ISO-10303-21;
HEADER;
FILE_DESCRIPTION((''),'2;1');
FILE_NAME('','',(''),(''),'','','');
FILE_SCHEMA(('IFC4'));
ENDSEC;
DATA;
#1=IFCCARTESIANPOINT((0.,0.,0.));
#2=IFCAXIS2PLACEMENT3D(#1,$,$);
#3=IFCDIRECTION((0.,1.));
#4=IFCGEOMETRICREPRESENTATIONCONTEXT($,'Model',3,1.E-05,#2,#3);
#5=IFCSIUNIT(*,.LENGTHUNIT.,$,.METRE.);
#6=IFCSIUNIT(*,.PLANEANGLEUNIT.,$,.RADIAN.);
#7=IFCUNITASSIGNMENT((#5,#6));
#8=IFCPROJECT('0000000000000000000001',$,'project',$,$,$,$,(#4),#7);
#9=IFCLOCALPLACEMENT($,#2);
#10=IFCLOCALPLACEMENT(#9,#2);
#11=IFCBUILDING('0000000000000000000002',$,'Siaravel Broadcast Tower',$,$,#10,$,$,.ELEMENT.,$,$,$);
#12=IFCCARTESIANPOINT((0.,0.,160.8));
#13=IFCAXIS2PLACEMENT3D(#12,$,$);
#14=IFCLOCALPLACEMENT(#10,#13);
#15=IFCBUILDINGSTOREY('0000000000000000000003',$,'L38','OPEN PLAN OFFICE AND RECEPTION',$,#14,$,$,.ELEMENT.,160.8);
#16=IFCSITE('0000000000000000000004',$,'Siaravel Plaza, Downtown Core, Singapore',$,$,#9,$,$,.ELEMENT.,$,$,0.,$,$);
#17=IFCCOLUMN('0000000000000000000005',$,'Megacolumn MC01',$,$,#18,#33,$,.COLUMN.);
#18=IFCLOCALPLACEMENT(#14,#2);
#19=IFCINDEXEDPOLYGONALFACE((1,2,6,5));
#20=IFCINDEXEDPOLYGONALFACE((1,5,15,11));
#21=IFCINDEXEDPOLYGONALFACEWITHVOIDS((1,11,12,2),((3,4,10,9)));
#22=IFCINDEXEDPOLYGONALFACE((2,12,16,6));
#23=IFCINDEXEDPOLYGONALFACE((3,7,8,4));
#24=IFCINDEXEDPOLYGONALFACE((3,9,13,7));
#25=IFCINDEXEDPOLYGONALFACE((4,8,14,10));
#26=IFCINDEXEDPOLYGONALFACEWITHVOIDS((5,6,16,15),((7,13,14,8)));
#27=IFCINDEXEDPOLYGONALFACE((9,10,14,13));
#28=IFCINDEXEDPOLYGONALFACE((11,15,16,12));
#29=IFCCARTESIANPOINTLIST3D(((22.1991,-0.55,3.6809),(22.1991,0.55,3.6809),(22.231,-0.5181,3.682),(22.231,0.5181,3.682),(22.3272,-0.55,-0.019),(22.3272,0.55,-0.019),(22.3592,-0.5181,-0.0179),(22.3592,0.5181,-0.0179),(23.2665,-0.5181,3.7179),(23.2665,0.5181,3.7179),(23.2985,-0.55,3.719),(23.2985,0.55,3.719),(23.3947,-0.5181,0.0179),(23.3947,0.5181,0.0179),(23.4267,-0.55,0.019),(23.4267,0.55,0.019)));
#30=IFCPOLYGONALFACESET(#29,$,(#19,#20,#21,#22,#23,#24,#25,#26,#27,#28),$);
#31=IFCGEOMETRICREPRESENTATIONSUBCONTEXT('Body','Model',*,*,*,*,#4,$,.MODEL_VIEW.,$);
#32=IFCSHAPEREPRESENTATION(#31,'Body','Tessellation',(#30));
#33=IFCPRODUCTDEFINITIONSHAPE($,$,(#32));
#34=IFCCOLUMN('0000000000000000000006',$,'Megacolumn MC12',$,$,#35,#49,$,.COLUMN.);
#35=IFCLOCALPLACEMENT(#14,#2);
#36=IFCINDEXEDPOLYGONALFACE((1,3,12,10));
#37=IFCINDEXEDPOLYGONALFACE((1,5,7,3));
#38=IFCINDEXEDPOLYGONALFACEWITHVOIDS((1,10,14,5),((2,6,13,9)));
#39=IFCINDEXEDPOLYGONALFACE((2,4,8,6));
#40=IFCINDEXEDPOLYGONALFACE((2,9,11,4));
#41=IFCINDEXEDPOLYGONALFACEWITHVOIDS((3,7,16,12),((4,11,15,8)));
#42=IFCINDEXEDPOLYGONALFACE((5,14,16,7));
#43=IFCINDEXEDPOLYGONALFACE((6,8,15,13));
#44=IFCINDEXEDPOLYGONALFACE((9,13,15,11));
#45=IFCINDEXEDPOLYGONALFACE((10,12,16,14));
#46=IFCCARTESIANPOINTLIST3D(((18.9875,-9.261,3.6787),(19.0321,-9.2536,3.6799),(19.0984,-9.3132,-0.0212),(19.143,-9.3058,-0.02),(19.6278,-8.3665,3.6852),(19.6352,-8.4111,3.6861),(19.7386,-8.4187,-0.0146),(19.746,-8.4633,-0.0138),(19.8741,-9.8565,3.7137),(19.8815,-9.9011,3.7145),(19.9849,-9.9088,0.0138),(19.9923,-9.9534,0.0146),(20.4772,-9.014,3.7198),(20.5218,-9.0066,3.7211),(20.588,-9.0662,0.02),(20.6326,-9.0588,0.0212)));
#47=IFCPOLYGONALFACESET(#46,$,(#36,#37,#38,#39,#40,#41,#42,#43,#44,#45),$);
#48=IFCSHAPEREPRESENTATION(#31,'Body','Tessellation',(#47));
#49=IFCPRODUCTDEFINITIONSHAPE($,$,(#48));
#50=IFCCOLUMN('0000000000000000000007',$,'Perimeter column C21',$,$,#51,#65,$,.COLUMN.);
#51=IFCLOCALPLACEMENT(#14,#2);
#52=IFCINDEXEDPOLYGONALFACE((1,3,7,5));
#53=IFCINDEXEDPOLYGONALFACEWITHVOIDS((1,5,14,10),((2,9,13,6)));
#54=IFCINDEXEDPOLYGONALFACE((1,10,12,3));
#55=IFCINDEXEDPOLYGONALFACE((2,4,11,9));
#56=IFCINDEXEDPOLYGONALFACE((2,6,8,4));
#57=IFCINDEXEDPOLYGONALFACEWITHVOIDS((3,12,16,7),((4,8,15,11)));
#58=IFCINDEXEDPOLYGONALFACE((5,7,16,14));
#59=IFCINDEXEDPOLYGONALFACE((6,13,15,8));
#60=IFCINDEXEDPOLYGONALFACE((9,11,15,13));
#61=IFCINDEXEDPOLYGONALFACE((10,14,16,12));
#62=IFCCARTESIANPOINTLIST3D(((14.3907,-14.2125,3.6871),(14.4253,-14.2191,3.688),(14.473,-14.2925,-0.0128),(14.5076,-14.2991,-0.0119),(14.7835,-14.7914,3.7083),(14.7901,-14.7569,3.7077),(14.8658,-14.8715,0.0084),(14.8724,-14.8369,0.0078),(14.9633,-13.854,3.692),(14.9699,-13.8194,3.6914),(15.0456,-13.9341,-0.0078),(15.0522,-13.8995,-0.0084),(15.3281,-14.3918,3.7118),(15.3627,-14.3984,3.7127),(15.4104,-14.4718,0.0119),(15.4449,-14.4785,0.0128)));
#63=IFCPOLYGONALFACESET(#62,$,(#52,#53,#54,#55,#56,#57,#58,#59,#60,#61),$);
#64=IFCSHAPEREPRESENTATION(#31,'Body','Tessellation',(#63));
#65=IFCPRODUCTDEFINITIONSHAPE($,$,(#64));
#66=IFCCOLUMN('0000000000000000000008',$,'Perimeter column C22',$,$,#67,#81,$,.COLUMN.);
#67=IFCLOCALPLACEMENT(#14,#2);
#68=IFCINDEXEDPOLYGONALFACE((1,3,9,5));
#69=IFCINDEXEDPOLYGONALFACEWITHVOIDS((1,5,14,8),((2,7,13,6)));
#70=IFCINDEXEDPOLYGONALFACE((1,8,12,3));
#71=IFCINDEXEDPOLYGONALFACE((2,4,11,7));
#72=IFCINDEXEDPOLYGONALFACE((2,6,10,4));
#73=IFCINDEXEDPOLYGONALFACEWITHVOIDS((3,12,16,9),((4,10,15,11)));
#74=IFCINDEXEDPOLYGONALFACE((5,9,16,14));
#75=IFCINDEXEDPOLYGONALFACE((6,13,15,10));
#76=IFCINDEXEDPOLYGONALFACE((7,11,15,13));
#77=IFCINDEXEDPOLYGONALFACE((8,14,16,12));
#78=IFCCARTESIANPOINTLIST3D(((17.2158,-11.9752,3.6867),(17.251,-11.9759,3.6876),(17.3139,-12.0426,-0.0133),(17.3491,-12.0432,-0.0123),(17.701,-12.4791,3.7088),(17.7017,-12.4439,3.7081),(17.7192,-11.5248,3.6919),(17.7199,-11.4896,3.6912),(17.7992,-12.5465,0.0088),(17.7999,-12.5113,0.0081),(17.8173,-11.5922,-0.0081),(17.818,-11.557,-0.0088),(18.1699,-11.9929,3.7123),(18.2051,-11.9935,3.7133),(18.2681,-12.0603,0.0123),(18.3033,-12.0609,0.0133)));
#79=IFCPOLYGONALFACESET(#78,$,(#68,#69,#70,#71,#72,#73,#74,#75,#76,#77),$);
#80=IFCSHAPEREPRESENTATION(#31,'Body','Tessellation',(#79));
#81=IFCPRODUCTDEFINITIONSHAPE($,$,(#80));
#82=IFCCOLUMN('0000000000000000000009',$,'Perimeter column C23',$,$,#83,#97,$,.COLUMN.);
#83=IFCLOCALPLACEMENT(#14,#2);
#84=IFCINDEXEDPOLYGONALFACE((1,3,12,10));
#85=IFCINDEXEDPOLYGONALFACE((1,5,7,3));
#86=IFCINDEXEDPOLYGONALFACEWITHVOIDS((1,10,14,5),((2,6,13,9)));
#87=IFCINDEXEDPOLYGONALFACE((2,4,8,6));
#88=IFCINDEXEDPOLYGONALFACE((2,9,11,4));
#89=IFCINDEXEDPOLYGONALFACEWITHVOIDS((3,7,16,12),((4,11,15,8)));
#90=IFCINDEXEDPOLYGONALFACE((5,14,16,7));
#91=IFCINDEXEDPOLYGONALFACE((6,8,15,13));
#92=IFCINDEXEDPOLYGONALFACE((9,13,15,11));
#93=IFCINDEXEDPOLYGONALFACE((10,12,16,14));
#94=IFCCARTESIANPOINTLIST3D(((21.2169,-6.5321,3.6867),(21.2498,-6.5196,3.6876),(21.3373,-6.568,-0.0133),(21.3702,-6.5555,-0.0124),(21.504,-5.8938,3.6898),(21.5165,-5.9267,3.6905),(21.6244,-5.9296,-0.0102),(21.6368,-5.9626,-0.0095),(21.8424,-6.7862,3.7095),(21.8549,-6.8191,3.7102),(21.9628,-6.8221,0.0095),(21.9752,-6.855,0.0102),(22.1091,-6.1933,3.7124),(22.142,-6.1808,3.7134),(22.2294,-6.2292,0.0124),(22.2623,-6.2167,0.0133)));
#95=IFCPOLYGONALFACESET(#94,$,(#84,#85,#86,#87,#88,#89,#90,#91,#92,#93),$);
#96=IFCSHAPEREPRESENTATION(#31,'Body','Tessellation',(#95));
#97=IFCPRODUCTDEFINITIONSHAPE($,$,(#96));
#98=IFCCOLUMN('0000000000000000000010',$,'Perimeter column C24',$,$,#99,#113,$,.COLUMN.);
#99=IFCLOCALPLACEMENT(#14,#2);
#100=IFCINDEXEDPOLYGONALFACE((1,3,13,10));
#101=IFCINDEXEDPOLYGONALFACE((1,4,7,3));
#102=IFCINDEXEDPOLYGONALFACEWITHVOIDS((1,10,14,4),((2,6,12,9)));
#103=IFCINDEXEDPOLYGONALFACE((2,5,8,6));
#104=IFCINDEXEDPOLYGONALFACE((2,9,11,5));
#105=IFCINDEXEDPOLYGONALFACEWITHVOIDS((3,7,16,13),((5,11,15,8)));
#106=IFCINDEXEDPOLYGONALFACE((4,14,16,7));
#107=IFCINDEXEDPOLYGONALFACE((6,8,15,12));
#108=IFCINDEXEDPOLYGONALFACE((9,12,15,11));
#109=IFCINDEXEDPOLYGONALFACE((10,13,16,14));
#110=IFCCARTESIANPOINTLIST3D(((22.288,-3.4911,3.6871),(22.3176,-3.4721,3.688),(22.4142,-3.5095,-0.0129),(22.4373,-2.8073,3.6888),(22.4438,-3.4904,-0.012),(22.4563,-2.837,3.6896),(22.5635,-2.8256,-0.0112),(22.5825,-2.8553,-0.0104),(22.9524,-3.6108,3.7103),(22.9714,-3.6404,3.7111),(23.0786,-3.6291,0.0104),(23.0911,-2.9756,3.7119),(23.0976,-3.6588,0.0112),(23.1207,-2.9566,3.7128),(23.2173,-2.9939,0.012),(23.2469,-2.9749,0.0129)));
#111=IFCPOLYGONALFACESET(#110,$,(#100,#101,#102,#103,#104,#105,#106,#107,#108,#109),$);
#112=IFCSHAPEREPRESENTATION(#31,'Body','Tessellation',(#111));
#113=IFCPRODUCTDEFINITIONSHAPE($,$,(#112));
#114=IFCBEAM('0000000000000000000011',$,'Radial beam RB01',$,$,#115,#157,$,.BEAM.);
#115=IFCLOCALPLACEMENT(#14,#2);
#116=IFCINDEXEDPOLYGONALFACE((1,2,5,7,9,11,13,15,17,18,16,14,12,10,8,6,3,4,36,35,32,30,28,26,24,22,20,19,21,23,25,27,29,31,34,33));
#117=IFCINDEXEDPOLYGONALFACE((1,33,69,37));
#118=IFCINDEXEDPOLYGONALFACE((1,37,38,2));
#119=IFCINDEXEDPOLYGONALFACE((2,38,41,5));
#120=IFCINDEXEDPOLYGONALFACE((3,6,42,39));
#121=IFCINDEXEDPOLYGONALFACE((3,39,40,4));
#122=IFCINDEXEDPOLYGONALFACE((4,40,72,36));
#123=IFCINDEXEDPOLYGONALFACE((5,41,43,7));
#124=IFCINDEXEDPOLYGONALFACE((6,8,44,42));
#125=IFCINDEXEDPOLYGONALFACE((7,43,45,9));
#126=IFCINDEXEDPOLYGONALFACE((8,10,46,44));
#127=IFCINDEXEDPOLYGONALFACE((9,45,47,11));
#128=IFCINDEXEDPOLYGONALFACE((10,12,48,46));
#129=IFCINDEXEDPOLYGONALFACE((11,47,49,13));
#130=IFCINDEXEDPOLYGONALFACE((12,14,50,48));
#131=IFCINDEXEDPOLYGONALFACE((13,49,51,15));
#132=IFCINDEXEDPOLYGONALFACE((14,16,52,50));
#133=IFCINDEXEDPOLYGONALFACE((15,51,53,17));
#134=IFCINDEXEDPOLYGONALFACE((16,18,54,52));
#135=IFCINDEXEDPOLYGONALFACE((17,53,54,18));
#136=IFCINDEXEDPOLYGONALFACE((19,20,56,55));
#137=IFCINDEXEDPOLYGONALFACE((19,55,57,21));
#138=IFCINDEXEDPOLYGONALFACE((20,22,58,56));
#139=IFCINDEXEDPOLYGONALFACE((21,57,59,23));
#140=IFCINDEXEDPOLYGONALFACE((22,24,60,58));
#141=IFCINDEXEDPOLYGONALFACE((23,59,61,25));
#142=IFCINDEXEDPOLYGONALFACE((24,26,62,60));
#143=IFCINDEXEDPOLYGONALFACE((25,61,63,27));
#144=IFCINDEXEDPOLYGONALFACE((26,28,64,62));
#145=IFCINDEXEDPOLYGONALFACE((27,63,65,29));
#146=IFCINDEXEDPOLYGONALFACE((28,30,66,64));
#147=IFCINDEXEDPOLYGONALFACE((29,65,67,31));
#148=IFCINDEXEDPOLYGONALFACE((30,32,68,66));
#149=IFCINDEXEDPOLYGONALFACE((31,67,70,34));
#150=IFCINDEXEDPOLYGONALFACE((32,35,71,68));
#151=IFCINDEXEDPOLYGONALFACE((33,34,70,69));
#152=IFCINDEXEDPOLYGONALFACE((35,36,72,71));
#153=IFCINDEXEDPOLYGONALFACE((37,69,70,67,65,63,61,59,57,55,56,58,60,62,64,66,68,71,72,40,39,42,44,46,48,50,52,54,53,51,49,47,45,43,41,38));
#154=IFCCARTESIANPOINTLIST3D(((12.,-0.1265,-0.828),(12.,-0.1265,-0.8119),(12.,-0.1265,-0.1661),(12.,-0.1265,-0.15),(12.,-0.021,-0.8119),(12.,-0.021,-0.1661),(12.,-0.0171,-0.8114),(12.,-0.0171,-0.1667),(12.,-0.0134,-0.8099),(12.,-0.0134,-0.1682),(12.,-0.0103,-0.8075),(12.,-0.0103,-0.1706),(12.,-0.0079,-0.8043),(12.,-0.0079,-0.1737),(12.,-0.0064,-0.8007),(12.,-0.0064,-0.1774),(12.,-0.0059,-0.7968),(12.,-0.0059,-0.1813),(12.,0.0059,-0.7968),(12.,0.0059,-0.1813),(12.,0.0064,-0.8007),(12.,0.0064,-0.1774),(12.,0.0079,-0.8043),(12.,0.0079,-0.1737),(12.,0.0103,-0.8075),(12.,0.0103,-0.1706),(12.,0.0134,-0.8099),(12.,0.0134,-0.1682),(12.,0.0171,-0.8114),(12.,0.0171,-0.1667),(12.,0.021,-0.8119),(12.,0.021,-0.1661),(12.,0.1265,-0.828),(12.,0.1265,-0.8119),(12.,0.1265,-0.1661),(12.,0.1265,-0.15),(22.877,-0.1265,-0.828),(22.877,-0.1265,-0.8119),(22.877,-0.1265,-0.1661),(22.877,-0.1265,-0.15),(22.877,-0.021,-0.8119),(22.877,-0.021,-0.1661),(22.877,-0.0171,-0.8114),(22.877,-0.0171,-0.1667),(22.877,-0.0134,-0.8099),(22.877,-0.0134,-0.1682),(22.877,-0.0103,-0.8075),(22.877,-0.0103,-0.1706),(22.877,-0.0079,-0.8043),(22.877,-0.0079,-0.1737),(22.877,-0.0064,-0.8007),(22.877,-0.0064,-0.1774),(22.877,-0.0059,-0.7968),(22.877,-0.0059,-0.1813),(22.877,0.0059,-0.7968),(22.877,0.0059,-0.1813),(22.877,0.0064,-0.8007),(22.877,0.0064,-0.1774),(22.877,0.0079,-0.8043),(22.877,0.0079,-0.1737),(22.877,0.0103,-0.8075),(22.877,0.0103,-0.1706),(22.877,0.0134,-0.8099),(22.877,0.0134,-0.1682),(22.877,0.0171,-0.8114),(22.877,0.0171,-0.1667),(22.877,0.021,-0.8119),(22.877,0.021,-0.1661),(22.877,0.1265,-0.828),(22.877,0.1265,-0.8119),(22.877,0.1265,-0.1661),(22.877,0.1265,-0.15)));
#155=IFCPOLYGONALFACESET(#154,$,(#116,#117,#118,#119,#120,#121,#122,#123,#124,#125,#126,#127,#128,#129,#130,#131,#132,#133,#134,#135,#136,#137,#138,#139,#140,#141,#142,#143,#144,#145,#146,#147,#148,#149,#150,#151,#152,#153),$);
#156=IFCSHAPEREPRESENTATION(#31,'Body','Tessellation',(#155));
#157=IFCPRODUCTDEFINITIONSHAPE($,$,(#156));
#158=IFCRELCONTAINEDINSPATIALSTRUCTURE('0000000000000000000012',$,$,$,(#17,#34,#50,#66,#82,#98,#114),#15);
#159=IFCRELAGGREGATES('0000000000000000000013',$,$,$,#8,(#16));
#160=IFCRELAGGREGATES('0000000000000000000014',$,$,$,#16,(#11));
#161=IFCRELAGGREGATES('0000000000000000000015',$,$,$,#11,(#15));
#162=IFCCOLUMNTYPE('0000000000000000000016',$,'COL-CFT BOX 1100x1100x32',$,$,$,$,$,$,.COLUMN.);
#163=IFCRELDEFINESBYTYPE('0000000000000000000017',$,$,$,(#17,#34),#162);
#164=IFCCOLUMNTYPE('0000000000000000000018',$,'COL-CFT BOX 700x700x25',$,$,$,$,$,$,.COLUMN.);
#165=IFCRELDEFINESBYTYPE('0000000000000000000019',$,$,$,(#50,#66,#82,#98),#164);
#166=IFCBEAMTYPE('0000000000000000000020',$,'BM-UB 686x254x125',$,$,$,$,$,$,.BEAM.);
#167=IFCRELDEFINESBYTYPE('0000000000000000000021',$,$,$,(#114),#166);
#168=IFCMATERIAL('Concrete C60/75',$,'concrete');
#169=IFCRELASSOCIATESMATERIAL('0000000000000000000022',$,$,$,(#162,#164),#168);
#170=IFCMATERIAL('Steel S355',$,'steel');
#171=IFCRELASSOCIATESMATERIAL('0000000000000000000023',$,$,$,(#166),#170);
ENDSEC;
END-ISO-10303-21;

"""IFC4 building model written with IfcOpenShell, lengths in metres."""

from ifc_helpers import new_model, si_unit, direction, frame, origin, origin_2d, place, context, subcontext, project, spatial, hollow_rectangle, i_section, extrude, material, material_profile, profile_set, type_object, element, save


model = new_model("IFC4")

# Units and contexts
model_context = context("Model", 3, precision=1e-05, world=origin(), true_north=direction((0.0, 1.0)))
body_context = subcontext(model_context, "Body", "Model", "MODEL_VIEW")
ifc_project = project(units=[si_unit("LENGTHUNIT", "METRE"), si_unit("PLANEANGLEUNIT", "RADIAN")], contexts=[model_context])

# Site, building, storey
site_placement = place(None, origin())
site = spatial("IfcSite", under=ifc_project, at=site_placement, Name="Siaravel Plaza, Downtown Core, Singapore", CompositionType="ELEMENT", RefElevation=0.0)
building_placement = place(site_placement, origin())
building = spatial("IfcBuilding", under=site, at=building_placement, Name="Siaravel Broadcast Tower", CompositionType="ELEMENT")
storey_placement = place(building_placement, frame((0.0, 0.0, 160.8)))
storey = spatial("IfcBuildingStorey", under=building, at=storey_placement, Name="L38", Description="OPEN PLAN OFFICE AND RECEPTION", CompositionType="ELEMENT", Elevation=160.8)

# Columns
ifc_material_1 = material(Name="Concrete C60/75", Category="concrete")
ifc_material_profile_1 = material_profile(ifc_material_1, hollow_rectangle(XDim=1.1001, YDim=1.1001, WallThickness=0.032, at=origin_2d()))
ifc_profile_set_1 = profile_set([ifc_material_profile_1], Name="Concrete C60/75")
column_type_1 = type_object("IfcColumnType", Name="COL-CFT BOX 1100x1100x32", PredefinedType="COLUMN", material=ifc_profile_set_1)
column_1_placement = place(storey_placement, frame((22.877, 0.0, 0.0), z_axis=(-0.034621, 0.0, 0.999401), x_axis=(0.0, -1.0, 0.0)))
element("IfcColumn", 1, at=column_1_placement, inside=storey, type_object=column_type_1, Name="Megacolumn MC01", PredefinedType="COLUMN", context=body_context, shape_type="SweptSolid", body=[
    extrude(hollow_rectangle(XDim=1.1001, YDim=1.1001, WallThickness=0.032, at=origin_2d()), origin(), (0.0, 0.0, 1.0), 3.7021),
])
column_2_placement = place(storey_placement, frame((19.8655, -9.186, 0.0), z_axis=(-0.029941, 0.014113, 0.999452), x_axis=(-0.582028, -0.813147, -0.005954)))
element("IfcColumn", 2, at=column_2_placement, inside=storey, type_object=column_type_1, Name="Megacolumn MC12", PredefinedType="COLUMN", context=body_context, shape_type="SweptSolid", body=[
    extrude(hollow_rectangle(XDim=1.1001, YDim=1.1001, WallThickness=0.032, at=origin_2d()), origin(), (0.0, 0.0, 1.0), 3.7019),
])
ifc_material_profile_2 = material_profile(ifc_material_1, hollow_rectangle(XDim=0.7, YDim=0.7, WallThickness=0.0249, at=origin_2d()))
ifc_profile_set_2 = profile_set([ifc_material_profile_2], Name="Concrete C60/75")
column_type_2 = type_object("IfcColumnType", Name="COL-CFT BOX 700x700x25", PredefinedType="COLUMN", material=ifc_profile_set_2)
column_3_placement = place(storey_placement, frame((14.959, -14.3855, 0.0), z_axis=(-0.022226, 0.021633, 0.999519), x_axis=(-0.827429, -0.561536, -0.006246)))
element("IfcColumn", 3, at=column_3_placement, inside=storey, type_object=column_type_2, Name="Perimeter column C21", PredefinedType="COLUMN", context=body_context, shape_type="SweptSolid", body=[
    extrude(hollow_rectangle(XDim=0.7, YDim=0.7, WallThickness=0.0249, at=origin_2d()), origin(), (0.0, 0.0, 1.0), 3.7017),
])
column_4_placement = place(storey_placement, frame((17.8086, -12.0518, 0.0), z_axis=(-0.026512, 0.018202, 0.999483), x_axis=(-0.720165, -0.693772, -0.006468)))
element("IfcColumn", 4, at=column_4_placement, inside=storey, type_object=column_type_2, Name="Perimeter column C22", PredefinedType="COLUMN", context=body_context, shape_type="SweptSolid", body=[
    extrude(hollow_rectangle(XDim=0.7, YDim=0.7, WallThickness=0.0249, at=origin_2d()), origin(), (0.0, 0.0, 1.0), 3.7019),
])
for number, where, z_axis, x_axis, name in (
    (5, (21.7998, -6.3923, 0.0), (-0.032512, 0.009694, 0.999424), (-0.41014, -0.912011, -0.004496), "Perimeter column C23"),
    (6, (22.8306, -3.2422, 0.0), (-0.034094, 0.004946, 0.999406), (-0.213333, -0.976977, -0.002443), "Perimeter column C24"),
):
    element("IfcColumn", number, at=place(storey_placement, frame(where, z_axis=z_axis, x_axis=x_axis)), inside=storey, type_object=column_type_2, Name=name, PredefinedType="COLUMN", context=body_context, shape_type="SweptSolid", body=[
        extrude(hollow_rectangle(XDim=0.7, YDim=0.7, WallThickness=0.0249, at=origin_2d()), origin(), (0.0, 0.0, 1.0), 3.7021),
    ])

# Beam
ifc_material_2 = material(Name="Steel S355", Category="steel")
ifc_material_profile_3 = material_profile(ifc_material_2, i_section(OverallWidth=0.2529, OverallDepth=0.678, WebThickness=0.0117, FlangeThickness=0.0161, FilletRadius=0.0151, at=origin_2d()))
ifc_profile_set_3 = profile_set([ifc_material_profile_3], Name="Steel S355")
beam_type = type_object("IfcBeamType", Name="BM-UB 686x254x125", PredefinedType="BEAM", material=ifc_profile_set_3)
beam_1_placement = place(storey_placement, frame((22.877, 0.0, -0.489), z_axis=(-1.0, 0.0, 0.0), x_axis=(0.0, -1.0, 0.0)))
element("IfcBeam", 7, at=beam_1_placement, inside=storey, type_object=beam_type, Name="Radial beam RB01", PredefinedType="BEAM", context=body_context, shape_type="SweptSolid", body=[
    extrude(i_section(OverallWidth=0.2529, OverallDepth=0.678, WebThickness=0.0117, FlangeThickness=0.0161, FilletRadius=0.0151, at=origin_2d()), origin(), (0.0, 0.0, 1.0), 10.877),
])

save(model, "model.ifc")
